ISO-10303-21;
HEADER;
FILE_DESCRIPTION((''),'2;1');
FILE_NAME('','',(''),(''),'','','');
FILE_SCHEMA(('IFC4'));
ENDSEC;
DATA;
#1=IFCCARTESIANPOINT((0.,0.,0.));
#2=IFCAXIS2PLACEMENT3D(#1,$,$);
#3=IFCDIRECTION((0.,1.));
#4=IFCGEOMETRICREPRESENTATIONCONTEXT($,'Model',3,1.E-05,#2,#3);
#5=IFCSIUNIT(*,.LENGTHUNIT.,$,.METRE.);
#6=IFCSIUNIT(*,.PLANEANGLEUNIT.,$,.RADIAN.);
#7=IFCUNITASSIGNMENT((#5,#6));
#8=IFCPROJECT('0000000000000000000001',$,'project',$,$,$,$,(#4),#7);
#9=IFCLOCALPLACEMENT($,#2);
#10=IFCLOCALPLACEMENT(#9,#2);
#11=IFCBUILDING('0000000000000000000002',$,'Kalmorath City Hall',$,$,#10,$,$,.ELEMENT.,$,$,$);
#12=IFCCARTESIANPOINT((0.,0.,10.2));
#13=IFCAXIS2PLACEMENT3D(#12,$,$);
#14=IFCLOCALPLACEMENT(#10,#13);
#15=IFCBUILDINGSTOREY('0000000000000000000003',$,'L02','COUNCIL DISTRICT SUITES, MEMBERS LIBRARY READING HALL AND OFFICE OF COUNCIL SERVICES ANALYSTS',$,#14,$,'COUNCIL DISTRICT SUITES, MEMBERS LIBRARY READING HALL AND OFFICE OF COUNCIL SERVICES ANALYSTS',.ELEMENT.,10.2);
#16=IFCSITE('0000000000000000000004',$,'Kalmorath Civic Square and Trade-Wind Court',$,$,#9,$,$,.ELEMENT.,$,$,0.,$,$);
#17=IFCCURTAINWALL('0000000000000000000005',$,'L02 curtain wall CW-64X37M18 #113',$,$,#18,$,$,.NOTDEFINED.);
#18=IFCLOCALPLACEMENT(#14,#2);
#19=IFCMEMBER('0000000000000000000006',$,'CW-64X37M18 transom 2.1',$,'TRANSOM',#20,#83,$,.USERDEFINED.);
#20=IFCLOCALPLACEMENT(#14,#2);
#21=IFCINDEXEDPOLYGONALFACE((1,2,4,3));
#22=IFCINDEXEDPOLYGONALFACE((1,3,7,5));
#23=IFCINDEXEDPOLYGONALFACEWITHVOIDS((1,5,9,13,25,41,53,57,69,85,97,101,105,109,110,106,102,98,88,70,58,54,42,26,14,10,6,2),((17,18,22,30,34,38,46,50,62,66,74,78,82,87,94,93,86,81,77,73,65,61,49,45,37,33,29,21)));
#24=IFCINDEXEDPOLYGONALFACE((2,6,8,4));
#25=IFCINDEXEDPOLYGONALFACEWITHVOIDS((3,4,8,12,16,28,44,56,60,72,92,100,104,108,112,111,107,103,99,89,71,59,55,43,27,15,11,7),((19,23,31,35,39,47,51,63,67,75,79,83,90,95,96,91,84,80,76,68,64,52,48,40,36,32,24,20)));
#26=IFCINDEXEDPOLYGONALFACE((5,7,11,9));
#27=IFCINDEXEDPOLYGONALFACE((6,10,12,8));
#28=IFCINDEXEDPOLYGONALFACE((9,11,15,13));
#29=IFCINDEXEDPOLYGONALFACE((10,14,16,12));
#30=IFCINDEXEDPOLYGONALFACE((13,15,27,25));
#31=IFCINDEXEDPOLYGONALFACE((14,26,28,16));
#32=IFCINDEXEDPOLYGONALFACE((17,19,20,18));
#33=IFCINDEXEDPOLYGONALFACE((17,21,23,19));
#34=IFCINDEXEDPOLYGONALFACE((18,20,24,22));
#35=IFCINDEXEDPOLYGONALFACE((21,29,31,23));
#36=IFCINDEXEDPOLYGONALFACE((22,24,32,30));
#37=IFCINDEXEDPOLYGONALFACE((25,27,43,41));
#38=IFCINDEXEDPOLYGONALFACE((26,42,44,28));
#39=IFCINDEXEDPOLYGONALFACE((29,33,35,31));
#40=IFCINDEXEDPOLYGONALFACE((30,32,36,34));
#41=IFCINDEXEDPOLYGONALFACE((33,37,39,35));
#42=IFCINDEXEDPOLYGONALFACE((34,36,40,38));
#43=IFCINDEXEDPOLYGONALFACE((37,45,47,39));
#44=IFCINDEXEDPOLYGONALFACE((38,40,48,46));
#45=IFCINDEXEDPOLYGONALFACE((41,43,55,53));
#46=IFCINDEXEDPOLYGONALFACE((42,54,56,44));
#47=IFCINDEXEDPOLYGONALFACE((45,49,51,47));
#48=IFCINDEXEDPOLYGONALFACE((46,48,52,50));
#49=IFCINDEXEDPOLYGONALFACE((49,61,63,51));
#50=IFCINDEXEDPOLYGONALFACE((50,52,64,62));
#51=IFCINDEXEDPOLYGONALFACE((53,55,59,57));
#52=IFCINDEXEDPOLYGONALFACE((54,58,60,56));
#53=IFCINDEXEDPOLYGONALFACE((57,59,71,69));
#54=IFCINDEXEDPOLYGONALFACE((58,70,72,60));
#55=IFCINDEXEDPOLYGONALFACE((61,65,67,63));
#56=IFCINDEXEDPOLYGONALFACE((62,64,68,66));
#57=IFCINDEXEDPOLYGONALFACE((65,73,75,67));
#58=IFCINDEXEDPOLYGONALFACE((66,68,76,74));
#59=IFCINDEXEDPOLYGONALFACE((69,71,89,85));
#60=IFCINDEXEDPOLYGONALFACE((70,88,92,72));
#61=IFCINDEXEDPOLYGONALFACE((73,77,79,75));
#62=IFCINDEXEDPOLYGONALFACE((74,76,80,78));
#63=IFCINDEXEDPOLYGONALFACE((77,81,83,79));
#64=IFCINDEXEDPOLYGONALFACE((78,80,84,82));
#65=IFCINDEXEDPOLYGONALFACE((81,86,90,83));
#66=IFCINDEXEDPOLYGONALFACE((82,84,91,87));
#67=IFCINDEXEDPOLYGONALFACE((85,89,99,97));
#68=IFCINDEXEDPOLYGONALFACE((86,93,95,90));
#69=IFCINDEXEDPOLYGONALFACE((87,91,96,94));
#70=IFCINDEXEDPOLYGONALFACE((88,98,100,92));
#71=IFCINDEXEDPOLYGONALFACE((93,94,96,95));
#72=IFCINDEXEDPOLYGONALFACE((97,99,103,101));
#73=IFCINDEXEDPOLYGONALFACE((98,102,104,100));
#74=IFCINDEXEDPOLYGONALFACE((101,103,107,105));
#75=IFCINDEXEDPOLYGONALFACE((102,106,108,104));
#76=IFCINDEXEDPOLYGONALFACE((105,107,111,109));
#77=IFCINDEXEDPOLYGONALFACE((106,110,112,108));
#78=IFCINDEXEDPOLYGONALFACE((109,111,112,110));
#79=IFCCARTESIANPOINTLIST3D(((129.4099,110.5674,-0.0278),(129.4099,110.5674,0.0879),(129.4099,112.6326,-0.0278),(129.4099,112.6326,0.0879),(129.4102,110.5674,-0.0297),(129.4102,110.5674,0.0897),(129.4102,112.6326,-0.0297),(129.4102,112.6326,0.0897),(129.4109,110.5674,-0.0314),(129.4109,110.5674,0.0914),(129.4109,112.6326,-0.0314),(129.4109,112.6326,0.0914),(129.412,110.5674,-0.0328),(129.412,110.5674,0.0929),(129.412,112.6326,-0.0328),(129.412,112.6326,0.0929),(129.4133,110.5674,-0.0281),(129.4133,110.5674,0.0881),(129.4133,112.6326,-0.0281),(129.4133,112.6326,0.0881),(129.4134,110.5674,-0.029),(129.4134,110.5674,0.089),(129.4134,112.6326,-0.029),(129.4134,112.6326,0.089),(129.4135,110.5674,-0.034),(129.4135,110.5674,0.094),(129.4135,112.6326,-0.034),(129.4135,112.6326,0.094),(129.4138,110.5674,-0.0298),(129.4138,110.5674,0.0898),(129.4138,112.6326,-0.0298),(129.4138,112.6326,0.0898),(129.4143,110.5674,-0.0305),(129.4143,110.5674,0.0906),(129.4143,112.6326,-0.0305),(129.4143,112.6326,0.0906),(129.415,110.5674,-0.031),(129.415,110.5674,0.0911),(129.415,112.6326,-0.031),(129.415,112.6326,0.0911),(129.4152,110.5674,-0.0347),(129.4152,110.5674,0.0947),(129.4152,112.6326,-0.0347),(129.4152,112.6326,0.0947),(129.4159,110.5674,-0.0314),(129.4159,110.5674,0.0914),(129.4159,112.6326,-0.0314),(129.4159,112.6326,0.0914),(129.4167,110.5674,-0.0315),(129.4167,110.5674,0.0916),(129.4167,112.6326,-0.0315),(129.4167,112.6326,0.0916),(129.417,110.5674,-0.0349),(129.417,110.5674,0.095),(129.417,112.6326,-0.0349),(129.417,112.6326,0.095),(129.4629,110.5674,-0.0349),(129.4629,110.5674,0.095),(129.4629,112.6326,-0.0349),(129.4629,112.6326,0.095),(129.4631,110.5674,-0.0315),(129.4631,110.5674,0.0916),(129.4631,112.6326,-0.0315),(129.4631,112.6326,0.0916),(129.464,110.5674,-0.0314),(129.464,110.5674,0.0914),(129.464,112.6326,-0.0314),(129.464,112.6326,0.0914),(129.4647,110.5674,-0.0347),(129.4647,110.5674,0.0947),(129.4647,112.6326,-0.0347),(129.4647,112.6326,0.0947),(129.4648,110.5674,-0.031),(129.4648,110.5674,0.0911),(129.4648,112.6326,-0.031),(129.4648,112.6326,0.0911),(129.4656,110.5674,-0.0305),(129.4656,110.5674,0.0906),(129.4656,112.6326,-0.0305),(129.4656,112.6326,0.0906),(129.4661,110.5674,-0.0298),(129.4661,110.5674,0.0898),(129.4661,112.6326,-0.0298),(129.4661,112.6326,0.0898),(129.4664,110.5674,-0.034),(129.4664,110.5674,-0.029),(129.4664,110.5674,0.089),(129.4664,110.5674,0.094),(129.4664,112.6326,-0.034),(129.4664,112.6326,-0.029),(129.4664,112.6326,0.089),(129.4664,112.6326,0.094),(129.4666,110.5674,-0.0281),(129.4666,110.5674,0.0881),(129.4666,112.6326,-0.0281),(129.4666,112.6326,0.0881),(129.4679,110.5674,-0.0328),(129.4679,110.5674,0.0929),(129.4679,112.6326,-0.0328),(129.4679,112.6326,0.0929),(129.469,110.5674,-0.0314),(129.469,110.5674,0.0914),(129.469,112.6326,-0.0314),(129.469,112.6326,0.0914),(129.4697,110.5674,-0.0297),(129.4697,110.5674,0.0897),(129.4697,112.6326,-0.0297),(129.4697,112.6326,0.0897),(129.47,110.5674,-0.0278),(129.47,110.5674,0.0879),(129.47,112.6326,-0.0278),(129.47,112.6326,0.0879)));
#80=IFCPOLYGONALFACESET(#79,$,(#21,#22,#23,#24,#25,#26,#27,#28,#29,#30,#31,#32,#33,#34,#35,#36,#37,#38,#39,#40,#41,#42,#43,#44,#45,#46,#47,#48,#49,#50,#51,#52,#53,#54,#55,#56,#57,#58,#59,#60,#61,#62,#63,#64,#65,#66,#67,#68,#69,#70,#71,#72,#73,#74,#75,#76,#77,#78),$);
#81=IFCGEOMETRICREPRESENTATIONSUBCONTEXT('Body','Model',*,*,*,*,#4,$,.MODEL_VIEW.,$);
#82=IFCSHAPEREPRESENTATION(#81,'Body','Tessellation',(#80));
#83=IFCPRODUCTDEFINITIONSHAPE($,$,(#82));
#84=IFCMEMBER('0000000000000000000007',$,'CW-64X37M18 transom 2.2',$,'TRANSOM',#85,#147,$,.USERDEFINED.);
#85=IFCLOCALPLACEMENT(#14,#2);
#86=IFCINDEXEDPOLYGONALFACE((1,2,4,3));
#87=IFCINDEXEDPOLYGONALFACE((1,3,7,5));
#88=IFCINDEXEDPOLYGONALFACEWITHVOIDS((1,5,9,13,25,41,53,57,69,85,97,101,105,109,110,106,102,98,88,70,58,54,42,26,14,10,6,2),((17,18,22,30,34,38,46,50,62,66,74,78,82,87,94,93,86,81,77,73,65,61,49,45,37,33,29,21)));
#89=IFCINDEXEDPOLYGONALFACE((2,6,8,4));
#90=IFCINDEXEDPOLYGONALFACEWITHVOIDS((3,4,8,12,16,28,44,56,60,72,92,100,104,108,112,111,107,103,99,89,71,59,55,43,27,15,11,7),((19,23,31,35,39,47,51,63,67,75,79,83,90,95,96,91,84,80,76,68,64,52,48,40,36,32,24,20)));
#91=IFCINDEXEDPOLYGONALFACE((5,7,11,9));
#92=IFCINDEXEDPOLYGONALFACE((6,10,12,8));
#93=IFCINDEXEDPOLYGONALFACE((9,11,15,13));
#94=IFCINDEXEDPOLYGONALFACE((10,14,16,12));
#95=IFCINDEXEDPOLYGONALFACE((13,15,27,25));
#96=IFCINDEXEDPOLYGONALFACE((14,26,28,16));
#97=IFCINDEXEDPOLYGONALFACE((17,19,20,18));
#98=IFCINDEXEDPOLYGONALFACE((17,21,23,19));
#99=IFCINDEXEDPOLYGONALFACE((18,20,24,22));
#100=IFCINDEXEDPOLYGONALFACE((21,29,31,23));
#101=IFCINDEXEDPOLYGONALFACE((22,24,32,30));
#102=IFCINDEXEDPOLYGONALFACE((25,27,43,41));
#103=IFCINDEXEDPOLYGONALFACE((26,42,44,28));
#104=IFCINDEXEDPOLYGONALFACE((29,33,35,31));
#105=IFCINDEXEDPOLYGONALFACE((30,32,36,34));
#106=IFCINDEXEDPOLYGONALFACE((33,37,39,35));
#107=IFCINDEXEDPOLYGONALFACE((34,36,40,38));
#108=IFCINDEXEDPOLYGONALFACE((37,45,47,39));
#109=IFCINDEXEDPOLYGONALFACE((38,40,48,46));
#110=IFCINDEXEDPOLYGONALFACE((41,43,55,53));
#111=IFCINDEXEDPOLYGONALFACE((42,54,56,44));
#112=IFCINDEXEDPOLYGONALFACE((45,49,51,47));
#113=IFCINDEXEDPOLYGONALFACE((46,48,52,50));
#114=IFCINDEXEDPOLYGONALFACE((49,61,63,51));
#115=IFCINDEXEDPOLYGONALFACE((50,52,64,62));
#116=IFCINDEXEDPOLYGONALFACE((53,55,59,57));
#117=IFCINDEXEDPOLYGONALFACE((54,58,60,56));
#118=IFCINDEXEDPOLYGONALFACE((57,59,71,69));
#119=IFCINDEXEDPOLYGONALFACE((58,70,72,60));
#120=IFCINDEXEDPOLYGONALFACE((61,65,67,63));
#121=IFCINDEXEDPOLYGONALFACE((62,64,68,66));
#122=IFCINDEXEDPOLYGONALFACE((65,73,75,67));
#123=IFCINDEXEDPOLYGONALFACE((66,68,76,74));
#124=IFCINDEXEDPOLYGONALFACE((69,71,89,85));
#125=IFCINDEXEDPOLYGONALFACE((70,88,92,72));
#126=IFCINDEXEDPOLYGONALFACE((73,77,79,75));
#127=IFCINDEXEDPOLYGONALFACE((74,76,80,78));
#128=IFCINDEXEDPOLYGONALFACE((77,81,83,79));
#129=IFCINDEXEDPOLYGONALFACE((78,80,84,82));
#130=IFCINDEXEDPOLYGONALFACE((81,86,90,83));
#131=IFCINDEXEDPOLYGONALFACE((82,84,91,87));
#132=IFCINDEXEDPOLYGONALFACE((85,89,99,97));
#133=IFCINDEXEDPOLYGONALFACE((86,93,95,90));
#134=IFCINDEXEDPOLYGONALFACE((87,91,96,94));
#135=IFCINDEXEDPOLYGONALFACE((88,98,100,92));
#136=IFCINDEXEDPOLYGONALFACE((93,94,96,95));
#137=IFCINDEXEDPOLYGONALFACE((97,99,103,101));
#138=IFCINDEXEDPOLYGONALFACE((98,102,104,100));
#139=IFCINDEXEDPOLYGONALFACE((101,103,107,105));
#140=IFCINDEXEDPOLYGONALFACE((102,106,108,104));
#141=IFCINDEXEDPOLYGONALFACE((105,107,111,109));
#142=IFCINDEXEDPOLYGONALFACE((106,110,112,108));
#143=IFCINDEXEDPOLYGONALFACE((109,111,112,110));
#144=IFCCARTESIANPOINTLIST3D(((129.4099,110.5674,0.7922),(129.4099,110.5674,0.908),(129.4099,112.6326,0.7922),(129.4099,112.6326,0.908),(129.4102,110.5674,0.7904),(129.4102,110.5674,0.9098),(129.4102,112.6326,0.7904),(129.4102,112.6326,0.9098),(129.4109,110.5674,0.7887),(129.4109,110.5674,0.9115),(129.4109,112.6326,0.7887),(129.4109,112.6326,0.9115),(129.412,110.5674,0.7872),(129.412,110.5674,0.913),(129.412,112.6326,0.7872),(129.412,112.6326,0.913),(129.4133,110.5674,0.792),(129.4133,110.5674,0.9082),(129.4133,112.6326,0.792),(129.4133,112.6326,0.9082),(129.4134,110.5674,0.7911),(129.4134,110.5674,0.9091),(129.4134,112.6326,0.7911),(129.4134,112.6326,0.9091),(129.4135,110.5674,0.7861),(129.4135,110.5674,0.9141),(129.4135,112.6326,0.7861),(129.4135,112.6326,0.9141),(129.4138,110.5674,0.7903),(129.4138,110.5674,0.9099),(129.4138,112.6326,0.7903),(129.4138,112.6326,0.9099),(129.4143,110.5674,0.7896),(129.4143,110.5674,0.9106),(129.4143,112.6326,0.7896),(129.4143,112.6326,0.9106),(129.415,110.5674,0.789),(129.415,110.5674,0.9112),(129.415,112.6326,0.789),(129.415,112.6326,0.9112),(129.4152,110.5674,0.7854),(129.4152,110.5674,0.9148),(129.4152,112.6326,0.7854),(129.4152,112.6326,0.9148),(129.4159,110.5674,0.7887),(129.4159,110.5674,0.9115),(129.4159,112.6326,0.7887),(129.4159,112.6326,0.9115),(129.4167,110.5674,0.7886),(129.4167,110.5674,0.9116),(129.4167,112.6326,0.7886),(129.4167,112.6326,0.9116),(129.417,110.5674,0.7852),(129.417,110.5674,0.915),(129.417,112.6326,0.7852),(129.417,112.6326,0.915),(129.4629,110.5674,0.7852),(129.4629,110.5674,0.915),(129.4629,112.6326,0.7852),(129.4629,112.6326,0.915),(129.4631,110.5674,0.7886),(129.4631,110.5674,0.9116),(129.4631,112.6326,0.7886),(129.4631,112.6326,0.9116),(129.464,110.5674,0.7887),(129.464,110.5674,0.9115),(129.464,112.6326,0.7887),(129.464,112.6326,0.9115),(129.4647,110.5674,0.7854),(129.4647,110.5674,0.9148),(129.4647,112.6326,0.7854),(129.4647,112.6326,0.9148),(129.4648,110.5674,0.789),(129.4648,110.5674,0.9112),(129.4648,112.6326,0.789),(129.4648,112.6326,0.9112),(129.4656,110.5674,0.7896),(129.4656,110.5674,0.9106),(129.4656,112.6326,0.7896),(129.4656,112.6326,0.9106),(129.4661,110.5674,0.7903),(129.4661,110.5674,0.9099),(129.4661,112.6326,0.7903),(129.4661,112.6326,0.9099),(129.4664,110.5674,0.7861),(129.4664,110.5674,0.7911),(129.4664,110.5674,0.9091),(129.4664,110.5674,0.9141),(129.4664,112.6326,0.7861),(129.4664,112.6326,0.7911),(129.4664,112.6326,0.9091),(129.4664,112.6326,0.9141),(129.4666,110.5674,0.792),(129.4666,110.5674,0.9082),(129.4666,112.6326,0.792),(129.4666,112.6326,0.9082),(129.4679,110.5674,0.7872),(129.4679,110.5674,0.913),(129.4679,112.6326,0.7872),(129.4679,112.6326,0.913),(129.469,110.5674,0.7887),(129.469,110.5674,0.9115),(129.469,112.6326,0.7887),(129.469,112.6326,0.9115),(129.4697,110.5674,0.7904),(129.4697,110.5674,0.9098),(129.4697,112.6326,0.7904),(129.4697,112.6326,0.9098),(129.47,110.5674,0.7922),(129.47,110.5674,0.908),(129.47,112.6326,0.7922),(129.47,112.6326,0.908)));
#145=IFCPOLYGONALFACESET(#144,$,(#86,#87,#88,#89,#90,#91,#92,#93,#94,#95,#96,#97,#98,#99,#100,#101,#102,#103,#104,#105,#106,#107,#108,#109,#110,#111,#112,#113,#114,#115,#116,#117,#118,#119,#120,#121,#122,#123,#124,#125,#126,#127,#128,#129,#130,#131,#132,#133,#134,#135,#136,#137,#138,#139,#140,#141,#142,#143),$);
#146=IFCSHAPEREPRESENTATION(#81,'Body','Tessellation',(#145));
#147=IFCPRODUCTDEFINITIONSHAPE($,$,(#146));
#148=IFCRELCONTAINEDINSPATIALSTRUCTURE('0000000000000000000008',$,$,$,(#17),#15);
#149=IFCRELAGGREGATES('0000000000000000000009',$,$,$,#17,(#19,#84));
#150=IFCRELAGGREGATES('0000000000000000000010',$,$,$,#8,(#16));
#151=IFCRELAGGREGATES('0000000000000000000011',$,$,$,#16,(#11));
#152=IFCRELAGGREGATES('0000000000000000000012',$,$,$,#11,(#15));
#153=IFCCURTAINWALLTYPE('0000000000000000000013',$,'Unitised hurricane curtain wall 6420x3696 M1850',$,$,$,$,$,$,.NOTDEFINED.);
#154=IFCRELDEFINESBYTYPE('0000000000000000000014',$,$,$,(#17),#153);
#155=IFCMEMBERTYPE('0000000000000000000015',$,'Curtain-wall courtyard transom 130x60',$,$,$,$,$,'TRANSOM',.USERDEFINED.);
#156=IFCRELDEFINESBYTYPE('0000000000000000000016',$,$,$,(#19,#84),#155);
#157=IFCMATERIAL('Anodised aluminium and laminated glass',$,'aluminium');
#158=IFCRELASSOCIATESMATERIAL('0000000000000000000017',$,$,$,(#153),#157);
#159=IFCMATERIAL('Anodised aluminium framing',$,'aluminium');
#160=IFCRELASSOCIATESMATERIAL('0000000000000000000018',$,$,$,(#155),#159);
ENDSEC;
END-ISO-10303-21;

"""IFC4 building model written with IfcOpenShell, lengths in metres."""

from ifc_helpers import new_model, si_unit, direction, frame, origin, origin_2d, place, context, subcontext, project, spatial, hollow_rectangle, extrude, material, material_profile, profile_set, type_object, element, aggregate, save


model = new_model("IFC4")

# Units and contexts
model_context = context("Model", 3, precision=1e-05, world=origin(), true_north=direction((0.0, 1.0)))
body_context = subcontext(model_context, "Body", "Model", "MODEL_VIEW")
ifc_project = project(units=[si_unit("LENGTHUNIT", "METRE"), si_unit("PLANEANGLEUNIT", "RADIAN")], contexts=[model_context])

# Site, building, storey
site_placement = place(None, origin())
site = spatial("IfcSite", under=ifc_project, at=site_placement, Name="Kalmorath Civic Square and Trade-Wind Court", CompositionType="ELEMENT", RefElevation=0.0)
building_placement = place(site_placement, origin())
building = spatial("IfcBuilding", under=site, at=building_placement, Name="Kalmorath City Hall", CompositionType="ELEMENT")
storey_placement = place(building_placement, frame((0.0, 0.0, 10.2)))
storey = spatial("IfcBuildingStorey", under=building, at=storey_placement, Name="L02", Description="COUNCIL DISTRICT SUITES, MEMBERS LIBRARY READING HALL AND OFFICE OF COUNCIL SERVICES ANALYSTS", LongName="COUNCIL DISTRICT SUITES, MEMBERS LIBRARY READING HALL AND OFFICE OF COUNCIL SERVICES ANALYSTS", CompositionType="ELEMENT", Elevation=10.2)

# Curtain wall, members
ifc_material_1 = material(Name="Anodised aluminium and laminated glass", Category="aluminium")
curtain_wall_type = type_object("IfcCurtainWallType", Name="Unitised hurricane curtain wall 6420x3696 M1850", PredefinedType="NOTDEFINED", material=ifc_material_1)
curtain_wall_placement = place(storey_placement, origin())
curtain_wall = element("IfcCurtainWall", 1, at=curtain_wall_placement, inside=storey, type_object=curtain_wall_type, Name="L02 curtain wall CW-64X37M18 #113", PredefinedType="NOTDEFINED")
ifc_material_2 = material(Name="Anodised aluminium framing", Category="aluminium")
ifc_material_profile_1 = material_profile(ifc_material_2, hollow_rectangle(XDim=0.0601, YDim=0.1299, WallThickness=0.0034, InnerFilletRadius=0.0034, OuterFilletRadius=0.0071, at=origin_2d()), Name="ALU-TRN-130X60X3.5")
ifc_profile_set_1 = profile_set([ifc_material_profile_1], Name="Anodised aluminium framing")
member_type_1 = type_object("IfcMemberType", Name="Curtain-wall courtyard transom 130x60", ElementType="TRANSOM", PredefinedType="USERDEFINED", material=ifc_profile_set_1)
member_1_placement = place(storey_placement, frame((129.4399, 112.6326, 0.03), z_axis=(0.0, -1.0, 0.0), x_axis=(1.0, 0.0, 0.0)))
member_1 = element("IfcMember", 2, at=member_1_placement, type_object=member_type_1, Name="CW-64X37M18 transom 2.1", ObjectType="TRANSOM", PredefinedType="USERDEFINED", context=body_context, shape_type="SweptSolid", body=[
    extrude(hollow_rectangle(XDim=0.0601, YDim=0.1299, WallThickness=0.0034, InnerFilletRadius=0.0034, OuterFilletRadius=0.0071, at=origin_2d()), origin(), (0.0, 0.0, 1.0), 2.0652),
])
member_2_placement = place(storey_placement, frame((129.4399, 112.6326, 0.8501), z_axis=(0.0, -1.0, 0.0), x_axis=(1.0, 0.0, 0.0)))
member_2 = element("IfcMember", 3, at=member_2_placement, type_object=member_type_1, Name="CW-64X37M18 transom 2.2", ObjectType="TRANSOM", PredefinedType="USERDEFINED", context=body_context, shape_type="SweptSolid", body=[
    extrude(hollow_rectangle(XDim=0.0601, YDim=0.1299, WallThickness=0.0034, InnerFilletRadius=0.0034, OuterFilletRadius=0.0071, at=origin_2d()), origin(), (0.0, 0.0, 1.0), 2.0652),
])

aggregate(curtain_wall, [member_1, member_2])

save(model, "model.ifc")
